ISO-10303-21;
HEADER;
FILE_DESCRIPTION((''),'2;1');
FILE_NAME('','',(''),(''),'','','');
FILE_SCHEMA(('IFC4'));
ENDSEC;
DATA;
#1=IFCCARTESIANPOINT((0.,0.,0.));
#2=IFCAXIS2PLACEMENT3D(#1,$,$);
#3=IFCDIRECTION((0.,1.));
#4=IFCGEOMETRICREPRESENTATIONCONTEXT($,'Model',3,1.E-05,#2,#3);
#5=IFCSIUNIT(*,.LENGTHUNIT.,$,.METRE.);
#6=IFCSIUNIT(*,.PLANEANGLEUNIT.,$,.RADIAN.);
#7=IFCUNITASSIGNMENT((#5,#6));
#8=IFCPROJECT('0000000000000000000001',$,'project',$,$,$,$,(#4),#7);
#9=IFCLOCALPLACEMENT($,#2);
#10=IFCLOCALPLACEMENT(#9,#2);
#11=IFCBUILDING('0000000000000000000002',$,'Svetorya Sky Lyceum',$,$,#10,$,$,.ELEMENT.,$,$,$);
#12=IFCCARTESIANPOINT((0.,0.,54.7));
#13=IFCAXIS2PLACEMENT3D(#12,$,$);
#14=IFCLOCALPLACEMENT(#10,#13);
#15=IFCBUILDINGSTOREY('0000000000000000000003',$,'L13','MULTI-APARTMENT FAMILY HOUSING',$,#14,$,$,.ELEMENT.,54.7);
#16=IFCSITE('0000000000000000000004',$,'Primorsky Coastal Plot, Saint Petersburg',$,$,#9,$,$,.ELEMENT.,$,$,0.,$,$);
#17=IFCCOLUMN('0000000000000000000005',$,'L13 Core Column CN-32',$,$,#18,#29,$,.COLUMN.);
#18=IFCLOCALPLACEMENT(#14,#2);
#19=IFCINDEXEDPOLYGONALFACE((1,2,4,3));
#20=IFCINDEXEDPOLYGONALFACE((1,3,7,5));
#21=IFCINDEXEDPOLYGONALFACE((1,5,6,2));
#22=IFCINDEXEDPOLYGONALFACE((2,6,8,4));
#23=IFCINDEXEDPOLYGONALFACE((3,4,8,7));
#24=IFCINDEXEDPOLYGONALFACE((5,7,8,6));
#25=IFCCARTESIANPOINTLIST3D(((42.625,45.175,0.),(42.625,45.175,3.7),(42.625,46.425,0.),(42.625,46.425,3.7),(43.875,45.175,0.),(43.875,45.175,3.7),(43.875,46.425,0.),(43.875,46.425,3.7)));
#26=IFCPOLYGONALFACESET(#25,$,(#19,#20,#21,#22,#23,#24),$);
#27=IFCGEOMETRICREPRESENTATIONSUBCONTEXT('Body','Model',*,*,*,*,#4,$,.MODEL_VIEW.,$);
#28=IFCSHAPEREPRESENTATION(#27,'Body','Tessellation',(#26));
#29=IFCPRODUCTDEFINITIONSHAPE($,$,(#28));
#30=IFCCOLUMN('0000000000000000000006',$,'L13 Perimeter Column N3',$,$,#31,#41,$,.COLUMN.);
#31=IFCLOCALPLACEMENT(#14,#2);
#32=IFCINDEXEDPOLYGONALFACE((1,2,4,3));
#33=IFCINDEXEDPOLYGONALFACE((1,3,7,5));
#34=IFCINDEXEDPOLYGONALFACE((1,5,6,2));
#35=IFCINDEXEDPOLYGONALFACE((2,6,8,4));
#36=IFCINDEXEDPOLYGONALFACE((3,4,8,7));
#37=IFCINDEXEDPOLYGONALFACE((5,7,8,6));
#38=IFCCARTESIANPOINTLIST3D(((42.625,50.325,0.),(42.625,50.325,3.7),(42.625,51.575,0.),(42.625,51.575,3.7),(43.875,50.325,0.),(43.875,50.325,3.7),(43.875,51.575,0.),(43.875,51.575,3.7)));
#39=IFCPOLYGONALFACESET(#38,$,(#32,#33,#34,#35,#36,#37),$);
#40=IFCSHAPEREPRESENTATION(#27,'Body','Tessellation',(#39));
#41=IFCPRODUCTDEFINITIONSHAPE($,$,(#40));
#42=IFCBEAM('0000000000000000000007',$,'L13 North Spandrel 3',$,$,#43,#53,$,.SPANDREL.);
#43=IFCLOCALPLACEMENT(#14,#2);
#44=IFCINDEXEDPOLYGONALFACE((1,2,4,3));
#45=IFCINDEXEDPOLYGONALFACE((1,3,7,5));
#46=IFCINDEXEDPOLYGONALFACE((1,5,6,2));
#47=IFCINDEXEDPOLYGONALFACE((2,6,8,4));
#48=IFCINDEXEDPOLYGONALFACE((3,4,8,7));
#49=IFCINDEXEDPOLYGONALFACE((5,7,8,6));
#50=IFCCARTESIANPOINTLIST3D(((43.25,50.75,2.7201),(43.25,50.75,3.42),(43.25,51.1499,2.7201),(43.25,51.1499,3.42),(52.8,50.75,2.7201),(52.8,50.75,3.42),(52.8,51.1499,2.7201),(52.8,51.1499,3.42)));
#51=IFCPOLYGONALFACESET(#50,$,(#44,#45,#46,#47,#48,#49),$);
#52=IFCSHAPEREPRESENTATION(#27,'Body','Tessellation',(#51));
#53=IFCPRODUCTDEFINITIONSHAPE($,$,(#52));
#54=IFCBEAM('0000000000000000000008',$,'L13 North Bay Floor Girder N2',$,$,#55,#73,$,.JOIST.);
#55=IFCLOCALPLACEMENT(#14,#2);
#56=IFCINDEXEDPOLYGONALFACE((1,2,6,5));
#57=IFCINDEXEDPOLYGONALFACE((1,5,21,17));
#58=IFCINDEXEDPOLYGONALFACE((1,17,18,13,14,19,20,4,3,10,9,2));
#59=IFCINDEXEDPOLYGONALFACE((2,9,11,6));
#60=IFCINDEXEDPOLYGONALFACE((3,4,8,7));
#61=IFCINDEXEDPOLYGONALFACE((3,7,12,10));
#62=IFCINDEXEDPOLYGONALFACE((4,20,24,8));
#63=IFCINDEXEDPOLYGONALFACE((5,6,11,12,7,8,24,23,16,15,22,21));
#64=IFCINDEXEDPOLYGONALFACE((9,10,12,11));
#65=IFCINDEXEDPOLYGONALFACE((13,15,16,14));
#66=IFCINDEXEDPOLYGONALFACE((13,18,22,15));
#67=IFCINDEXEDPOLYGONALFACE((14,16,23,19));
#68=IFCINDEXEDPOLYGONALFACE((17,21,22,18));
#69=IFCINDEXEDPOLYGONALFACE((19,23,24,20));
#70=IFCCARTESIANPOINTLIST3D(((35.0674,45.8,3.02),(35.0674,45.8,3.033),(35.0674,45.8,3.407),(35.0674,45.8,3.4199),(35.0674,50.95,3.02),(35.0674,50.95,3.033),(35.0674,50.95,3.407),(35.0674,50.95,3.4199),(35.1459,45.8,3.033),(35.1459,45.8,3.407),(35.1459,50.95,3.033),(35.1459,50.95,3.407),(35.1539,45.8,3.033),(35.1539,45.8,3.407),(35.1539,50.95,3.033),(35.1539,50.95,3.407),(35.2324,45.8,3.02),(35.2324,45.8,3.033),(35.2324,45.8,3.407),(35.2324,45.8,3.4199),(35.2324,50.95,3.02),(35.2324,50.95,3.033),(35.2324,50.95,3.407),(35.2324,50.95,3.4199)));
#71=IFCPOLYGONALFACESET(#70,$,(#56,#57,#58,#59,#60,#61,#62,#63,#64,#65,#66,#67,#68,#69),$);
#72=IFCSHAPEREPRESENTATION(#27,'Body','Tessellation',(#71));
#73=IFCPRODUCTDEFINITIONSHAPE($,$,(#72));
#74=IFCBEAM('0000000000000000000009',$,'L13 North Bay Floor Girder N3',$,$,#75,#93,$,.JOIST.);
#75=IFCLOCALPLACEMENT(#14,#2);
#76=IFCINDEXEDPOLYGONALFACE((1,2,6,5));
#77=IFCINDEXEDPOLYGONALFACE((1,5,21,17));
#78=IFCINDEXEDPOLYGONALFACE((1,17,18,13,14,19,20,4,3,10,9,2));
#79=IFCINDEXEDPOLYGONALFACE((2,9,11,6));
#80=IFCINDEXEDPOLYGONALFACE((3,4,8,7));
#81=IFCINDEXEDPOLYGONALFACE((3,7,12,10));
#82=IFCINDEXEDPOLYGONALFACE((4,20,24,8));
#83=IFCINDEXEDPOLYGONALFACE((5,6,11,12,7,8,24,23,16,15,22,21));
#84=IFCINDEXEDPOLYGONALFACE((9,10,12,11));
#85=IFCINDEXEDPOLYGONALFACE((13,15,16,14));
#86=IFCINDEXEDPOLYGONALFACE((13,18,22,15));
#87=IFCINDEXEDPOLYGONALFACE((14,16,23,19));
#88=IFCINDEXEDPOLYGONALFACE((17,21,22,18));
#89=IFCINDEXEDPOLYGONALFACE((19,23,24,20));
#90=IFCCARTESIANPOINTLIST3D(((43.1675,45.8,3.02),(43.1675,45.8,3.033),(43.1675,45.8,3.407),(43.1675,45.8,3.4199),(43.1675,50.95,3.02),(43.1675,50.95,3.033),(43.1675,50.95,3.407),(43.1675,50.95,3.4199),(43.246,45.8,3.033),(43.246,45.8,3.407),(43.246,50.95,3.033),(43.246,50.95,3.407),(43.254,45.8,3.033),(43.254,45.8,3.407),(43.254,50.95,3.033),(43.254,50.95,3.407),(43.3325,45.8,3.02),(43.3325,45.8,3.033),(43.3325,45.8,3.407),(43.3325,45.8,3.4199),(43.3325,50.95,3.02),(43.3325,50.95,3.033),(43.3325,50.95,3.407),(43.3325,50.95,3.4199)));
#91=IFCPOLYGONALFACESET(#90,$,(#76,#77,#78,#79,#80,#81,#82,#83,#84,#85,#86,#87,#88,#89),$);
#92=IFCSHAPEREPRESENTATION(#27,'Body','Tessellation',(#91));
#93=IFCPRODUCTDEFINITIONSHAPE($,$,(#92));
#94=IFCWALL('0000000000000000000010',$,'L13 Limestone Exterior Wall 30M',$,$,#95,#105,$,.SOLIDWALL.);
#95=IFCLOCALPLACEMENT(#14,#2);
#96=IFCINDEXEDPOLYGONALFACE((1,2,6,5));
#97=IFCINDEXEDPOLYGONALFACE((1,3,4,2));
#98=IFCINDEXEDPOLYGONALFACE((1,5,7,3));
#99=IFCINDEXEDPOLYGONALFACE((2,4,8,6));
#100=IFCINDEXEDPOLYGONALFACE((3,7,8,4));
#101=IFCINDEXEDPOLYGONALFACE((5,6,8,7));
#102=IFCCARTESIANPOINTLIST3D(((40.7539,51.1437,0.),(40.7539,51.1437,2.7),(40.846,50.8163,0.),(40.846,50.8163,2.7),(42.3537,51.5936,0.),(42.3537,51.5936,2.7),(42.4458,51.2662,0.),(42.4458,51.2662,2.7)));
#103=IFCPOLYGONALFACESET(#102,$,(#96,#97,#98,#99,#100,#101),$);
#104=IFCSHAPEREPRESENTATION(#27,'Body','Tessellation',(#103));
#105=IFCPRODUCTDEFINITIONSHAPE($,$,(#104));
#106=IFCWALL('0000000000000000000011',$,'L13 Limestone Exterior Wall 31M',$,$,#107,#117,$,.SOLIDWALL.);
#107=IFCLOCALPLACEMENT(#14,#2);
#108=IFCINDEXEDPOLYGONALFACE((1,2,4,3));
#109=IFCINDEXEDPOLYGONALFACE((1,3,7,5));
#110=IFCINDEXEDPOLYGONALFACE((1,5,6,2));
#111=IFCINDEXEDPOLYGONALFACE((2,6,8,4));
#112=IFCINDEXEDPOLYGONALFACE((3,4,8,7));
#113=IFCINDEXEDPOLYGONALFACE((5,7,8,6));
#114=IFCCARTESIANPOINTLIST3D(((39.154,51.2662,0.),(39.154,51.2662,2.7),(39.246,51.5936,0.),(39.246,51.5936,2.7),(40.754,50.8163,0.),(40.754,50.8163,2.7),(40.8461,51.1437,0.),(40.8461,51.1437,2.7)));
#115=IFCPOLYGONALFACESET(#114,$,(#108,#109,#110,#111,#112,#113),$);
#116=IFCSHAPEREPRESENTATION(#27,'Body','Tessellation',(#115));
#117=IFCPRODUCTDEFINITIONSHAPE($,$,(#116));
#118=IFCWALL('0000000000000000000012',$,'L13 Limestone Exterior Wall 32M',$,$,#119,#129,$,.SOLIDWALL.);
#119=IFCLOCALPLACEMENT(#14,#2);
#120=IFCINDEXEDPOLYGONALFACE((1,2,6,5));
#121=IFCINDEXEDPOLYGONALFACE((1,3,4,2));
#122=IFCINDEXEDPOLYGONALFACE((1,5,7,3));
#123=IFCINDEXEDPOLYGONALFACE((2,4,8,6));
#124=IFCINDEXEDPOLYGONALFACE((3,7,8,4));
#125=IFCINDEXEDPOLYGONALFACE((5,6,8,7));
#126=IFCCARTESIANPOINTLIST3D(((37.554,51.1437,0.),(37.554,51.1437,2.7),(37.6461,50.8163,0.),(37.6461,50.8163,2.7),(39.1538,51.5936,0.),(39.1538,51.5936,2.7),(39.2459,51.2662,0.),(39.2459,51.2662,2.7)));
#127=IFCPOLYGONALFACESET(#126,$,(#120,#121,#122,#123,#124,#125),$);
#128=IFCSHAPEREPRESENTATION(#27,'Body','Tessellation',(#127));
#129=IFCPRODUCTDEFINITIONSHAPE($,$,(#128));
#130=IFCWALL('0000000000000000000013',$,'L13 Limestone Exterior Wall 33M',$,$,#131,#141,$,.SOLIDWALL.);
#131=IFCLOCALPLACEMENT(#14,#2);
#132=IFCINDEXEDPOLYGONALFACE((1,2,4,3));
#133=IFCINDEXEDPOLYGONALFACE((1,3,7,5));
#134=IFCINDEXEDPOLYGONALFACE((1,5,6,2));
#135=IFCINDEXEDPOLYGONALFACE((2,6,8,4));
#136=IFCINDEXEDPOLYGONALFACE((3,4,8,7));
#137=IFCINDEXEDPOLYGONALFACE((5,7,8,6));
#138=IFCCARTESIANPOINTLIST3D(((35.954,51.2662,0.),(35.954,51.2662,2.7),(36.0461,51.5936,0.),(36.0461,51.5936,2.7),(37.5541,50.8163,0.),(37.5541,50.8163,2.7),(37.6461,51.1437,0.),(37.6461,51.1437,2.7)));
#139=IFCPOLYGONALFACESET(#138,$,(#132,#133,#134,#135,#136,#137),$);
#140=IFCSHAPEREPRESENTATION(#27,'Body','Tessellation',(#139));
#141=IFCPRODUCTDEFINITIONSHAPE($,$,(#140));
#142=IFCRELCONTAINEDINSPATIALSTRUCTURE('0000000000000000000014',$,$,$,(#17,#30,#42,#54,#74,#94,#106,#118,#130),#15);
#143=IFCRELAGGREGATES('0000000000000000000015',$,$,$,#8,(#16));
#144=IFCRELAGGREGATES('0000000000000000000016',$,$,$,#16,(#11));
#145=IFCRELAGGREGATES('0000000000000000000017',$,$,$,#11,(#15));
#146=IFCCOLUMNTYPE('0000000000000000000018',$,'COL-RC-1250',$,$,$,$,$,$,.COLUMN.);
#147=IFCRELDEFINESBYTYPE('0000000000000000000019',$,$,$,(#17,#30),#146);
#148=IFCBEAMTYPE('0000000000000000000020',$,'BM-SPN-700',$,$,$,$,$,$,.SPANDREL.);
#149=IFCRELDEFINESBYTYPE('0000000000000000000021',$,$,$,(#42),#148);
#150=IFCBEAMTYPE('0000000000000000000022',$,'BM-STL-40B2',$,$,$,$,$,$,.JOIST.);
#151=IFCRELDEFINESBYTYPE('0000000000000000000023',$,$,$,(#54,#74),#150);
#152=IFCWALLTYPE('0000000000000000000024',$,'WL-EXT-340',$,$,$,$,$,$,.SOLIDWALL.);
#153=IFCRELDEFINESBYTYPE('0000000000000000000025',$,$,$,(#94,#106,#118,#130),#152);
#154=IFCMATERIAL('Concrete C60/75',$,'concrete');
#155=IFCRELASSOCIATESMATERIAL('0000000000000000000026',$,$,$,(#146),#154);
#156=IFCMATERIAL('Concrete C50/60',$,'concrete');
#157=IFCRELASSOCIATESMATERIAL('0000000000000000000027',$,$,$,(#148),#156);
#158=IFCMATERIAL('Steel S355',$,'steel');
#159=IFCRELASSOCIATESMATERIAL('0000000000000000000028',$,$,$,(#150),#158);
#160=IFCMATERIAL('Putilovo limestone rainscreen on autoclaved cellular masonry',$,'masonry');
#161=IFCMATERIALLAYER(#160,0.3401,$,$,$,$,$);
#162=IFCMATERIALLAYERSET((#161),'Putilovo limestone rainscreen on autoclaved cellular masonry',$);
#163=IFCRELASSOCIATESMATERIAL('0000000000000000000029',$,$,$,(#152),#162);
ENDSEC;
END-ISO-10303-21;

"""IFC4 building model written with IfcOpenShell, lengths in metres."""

from ifc_helpers import new_model, si_unit, direction, frame, frame_2d, origin, origin_2d, place, context, subcontext, project, spatial, rectangle, i_section, extrude, material, layer, layer_set, material_profile, profile_set, type_object, element, save


model = new_model("IFC4")

# Units and contexts
model_context = context("Model", 3, precision=1e-05, world=origin(), true_north=direction((0.0, 1.0)))
body_context = subcontext(model_context, "Body", "Model", "MODEL_VIEW")
ifc_project = project(units=[si_unit("LENGTHUNIT", "METRE"), si_unit("PLANEANGLEUNIT", "RADIAN")], contexts=[model_context])

# Site, building, storey
site_placement = place(None, origin())
site = spatial("IfcSite", under=ifc_project, at=site_placement, Name="Primorsky Coastal Plot, Saint Petersburg", CompositionType="ELEMENT", RefElevation=0.0)
building_placement = place(site_placement, origin())
building = spatial("IfcBuilding", under=site, at=building_placement, Name="Svetorya Sky Lyceum", CompositionType="ELEMENT")
storey_placement = place(building_placement, frame((0.0, 0.0, 54.7)))
storey = spatial("IfcBuildingStorey", under=building, at=storey_placement, Name="L13", Description="MULTI-APARTMENT FAMILY HOUSING", CompositionType="ELEMENT", Elevation=54.7)

# Columns
ifc_material_1 = material(Name="Concrete C60/75", Category="concrete")
ifc_material_profile_1 = material_profile(ifc_material_1, rectangle(XDim=1.25, YDim=1.25, at=origin_2d()), Name="RC COL 1250x1250")
ifc_profile_set_1 = profile_set([ifc_material_profile_1], Name="Concrete C60/75")
column_type = type_object("IfcColumnType", Name="COL-RC-1250", PredefinedType="COLUMN", material=ifc_profile_set_1)
for number, where, z_axis, x_axis, name in (
    (1, (43.25, 45.8, 0.0), (0.0, 0.0, 1.0), (1.0, 0.0, 0.0), "L13 Core Column CN-32"),
    (2, (43.25, 50.95, 0.0), (0.0, 0.0, 1.0), (1.0, 0.0, 0.0), "L13 Perimeter Column N3"),
):
    element("IfcColumn", number, at=place(storey_placement, frame(where, z_axis=z_axis, x_axis=x_axis)), inside=storey, type_object=column_type, Name=name, PredefinedType="COLUMN", context=body_context, shape_type="SweptSolid", body=[
        extrude(rectangle(XDim=1.25, YDim=1.25, at=origin_2d()), origin(), (0.0, 0.0, 1.0), 3.7),
    ])

# Beams
ifc_material_2 = material(Name="Concrete C50/60", Category="concrete")
ifc_material_profile_2 = material_profile(ifc_material_2, rectangle(XDim=0.3999, YDim=0.7, at=origin_2d()), Name="RC SPANDREL 400x700")
ifc_profile_set_2 = profile_set([ifc_material_profile_2], Name="Concrete C50/60")
beam_type_1 = type_object("IfcBeamType", Name="BM-SPN-700", PredefinedType="SPANDREL", material=ifc_profile_set_2)
beam_placement = place(storey_placement, frame((43.25, 50.95, 3.0701), z_axis=(1.0, 0.0, 0.0), x_axis=(0.0, 1.0, 0.0)))
element("IfcBeam", 3, at=beam_placement, inside=storey, type_object=beam_type_1, Name="L13 North Spandrel 3", PredefinedType="SPANDREL", context=body_context, shape_type="SweptSolid", body=[
    extrude(rectangle(XDim=0.3999, YDim=0.7, at=origin_2d()), origin(), (0.0, 0.0, 1.0), 9.55),
])
ifc_material_3 = material(Name="Steel S355", Category="steel")
ifc_material_profile_3 = material_profile(ifc_material_3, i_section(OverallWidth=0.165, OverallDepth=0.3999, WebThickness=0.0081, FlangeThickness=0.0129, at=origin_2d()), Name="GOST 40B2")
ifc_profile_set_3 = profile_set([ifc_material_profile_3], Name="Steel S355")
beam_type_2 = type_object("IfcBeamType", Name="BM-STL-40B2", PredefinedType="JOIST", material=ifc_profile_set_3)
for number, where, z_axis, x_axis, name in (
    (4, (35.1499, 45.8, 3.22), (0.0, 1.0, 0.0), (-1.0, 0.0, 0.0), "L13 North Bay Floor Girder N2"),
    (5, (43.25, 45.8, 3.22), (0.0, 1.0, 0.0), (-1.0, 0.0, 0.0), "L13 North Bay Floor Girder N3"),
):
    element("IfcBeam", number, at=place(storey_placement, frame(where, z_axis=z_axis, x_axis=x_axis)), inside=storey, type_object=beam_type_2, Name=name, PredefinedType="JOIST", context=body_context, shape_type="SweptSolid", body=[
        extrude(i_section(OverallWidth=0.165, OverallDepth=0.3999, WebThickness=0.0081, FlangeThickness=0.0129, at=origin_2d()), origin(), (0.0, 0.0, 1.0), 5.1499),
    ])

# Walls
ifc_material_4 = material(Name="Putilovo limestone rainscreen on autoclaved cellular masonry", Category="masonry")
ifc_layer_1 = layer(ifc_material_4, 0.3401)
ifc_layer_set_1 = layer_set([ifc_layer_1], Name="Putilovo limestone rainscreen on autoclaved cellular masonry")
wall_type_1 = type_object("IfcWallType", Name="WL-EXT-340", PredefinedType="SOLIDWALL", material=ifc_layer_set_1)
wall_1_placement = place(storey_placement, frame((42.3999, 51.4299, 0.0), z_axis=(0.0, 0.0, 1.0), x_axis=(-0.962652, -0.270741, 0.0)))
element("IfcWall", 6, at=wall_1_placement, inside=storey, type_object=wall_type_1, Name="L13 Limestone Exterior Wall 30M", PredefinedType="SOLIDWALL", context=body_context, shape_type="SweptSolid", body=[
    extrude(rectangle(XDim=1.6619, YDim=0.3401, at=frame_2d((0.8311, 0.0))), origin(), (0.0, 0.0, 1.0), 2.7),
])
wall_2_placement = place(storey_placement, frame((40.8, 50.98, 0.0), z_axis=(0.0, 0.0, 1.0), x_axis=(-0.962663, 0.270703, 0.0)))
element("IfcWall", 7, at=wall_2_placement, inside=storey, type_object=wall_type_1, Name="L13 Limestone Exterior Wall 31M", PredefinedType="SOLIDWALL", context=body_context, shape_type="SweptSolid", body=[
    extrude(rectangle(XDim=1.6621, YDim=0.3401, at=frame_2d((0.8311, 0.0))), origin(), (0.0, 0.0, 1.0), 2.7),
])
wall_3_placement = place(storey_placement, frame((39.2, 51.4299, 0.0), z_axis=(0.0, 0.0, 1.0), x_axis=(-0.962652, -0.270741, 0.0)))
element("IfcWall", 8, at=wall_3_placement, inside=storey, type_object=wall_type_1, Name="L13 Limestone Exterior Wall 32M", PredefinedType="SOLIDWALL", context=body_context, shape_type="SweptSolid", body=[
    extrude(rectangle(XDim=1.6619, YDim=0.3401, at=frame_2d((0.8311, 0.0))), origin(), (0.0, 0.0, 1.0), 2.7),
])
wall_4_placement = place(storey_placement, frame((37.6001, 50.98, 0.0), z_axis=(0.0, 0.0, 1.0), x_axis=(-0.962663, 0.270703, 0.0)))
element("IfcWall", 9, at=wall_4_placement, inside=storey, type_object=wall_type_1, Name="L13 Limestone Exterior Wall 33M", PredefinedType="SOLIDWALL", context=body_context, shape_type="SweptSolid", body=[
    extrude(rectangle(XDim=1.6621, YDim=0.3401, at=frame_2d((0.8311, 0.0))), origin(), (0.0, 0.0, 1.0), 2.7),
])

save(model, "model.ifc")
